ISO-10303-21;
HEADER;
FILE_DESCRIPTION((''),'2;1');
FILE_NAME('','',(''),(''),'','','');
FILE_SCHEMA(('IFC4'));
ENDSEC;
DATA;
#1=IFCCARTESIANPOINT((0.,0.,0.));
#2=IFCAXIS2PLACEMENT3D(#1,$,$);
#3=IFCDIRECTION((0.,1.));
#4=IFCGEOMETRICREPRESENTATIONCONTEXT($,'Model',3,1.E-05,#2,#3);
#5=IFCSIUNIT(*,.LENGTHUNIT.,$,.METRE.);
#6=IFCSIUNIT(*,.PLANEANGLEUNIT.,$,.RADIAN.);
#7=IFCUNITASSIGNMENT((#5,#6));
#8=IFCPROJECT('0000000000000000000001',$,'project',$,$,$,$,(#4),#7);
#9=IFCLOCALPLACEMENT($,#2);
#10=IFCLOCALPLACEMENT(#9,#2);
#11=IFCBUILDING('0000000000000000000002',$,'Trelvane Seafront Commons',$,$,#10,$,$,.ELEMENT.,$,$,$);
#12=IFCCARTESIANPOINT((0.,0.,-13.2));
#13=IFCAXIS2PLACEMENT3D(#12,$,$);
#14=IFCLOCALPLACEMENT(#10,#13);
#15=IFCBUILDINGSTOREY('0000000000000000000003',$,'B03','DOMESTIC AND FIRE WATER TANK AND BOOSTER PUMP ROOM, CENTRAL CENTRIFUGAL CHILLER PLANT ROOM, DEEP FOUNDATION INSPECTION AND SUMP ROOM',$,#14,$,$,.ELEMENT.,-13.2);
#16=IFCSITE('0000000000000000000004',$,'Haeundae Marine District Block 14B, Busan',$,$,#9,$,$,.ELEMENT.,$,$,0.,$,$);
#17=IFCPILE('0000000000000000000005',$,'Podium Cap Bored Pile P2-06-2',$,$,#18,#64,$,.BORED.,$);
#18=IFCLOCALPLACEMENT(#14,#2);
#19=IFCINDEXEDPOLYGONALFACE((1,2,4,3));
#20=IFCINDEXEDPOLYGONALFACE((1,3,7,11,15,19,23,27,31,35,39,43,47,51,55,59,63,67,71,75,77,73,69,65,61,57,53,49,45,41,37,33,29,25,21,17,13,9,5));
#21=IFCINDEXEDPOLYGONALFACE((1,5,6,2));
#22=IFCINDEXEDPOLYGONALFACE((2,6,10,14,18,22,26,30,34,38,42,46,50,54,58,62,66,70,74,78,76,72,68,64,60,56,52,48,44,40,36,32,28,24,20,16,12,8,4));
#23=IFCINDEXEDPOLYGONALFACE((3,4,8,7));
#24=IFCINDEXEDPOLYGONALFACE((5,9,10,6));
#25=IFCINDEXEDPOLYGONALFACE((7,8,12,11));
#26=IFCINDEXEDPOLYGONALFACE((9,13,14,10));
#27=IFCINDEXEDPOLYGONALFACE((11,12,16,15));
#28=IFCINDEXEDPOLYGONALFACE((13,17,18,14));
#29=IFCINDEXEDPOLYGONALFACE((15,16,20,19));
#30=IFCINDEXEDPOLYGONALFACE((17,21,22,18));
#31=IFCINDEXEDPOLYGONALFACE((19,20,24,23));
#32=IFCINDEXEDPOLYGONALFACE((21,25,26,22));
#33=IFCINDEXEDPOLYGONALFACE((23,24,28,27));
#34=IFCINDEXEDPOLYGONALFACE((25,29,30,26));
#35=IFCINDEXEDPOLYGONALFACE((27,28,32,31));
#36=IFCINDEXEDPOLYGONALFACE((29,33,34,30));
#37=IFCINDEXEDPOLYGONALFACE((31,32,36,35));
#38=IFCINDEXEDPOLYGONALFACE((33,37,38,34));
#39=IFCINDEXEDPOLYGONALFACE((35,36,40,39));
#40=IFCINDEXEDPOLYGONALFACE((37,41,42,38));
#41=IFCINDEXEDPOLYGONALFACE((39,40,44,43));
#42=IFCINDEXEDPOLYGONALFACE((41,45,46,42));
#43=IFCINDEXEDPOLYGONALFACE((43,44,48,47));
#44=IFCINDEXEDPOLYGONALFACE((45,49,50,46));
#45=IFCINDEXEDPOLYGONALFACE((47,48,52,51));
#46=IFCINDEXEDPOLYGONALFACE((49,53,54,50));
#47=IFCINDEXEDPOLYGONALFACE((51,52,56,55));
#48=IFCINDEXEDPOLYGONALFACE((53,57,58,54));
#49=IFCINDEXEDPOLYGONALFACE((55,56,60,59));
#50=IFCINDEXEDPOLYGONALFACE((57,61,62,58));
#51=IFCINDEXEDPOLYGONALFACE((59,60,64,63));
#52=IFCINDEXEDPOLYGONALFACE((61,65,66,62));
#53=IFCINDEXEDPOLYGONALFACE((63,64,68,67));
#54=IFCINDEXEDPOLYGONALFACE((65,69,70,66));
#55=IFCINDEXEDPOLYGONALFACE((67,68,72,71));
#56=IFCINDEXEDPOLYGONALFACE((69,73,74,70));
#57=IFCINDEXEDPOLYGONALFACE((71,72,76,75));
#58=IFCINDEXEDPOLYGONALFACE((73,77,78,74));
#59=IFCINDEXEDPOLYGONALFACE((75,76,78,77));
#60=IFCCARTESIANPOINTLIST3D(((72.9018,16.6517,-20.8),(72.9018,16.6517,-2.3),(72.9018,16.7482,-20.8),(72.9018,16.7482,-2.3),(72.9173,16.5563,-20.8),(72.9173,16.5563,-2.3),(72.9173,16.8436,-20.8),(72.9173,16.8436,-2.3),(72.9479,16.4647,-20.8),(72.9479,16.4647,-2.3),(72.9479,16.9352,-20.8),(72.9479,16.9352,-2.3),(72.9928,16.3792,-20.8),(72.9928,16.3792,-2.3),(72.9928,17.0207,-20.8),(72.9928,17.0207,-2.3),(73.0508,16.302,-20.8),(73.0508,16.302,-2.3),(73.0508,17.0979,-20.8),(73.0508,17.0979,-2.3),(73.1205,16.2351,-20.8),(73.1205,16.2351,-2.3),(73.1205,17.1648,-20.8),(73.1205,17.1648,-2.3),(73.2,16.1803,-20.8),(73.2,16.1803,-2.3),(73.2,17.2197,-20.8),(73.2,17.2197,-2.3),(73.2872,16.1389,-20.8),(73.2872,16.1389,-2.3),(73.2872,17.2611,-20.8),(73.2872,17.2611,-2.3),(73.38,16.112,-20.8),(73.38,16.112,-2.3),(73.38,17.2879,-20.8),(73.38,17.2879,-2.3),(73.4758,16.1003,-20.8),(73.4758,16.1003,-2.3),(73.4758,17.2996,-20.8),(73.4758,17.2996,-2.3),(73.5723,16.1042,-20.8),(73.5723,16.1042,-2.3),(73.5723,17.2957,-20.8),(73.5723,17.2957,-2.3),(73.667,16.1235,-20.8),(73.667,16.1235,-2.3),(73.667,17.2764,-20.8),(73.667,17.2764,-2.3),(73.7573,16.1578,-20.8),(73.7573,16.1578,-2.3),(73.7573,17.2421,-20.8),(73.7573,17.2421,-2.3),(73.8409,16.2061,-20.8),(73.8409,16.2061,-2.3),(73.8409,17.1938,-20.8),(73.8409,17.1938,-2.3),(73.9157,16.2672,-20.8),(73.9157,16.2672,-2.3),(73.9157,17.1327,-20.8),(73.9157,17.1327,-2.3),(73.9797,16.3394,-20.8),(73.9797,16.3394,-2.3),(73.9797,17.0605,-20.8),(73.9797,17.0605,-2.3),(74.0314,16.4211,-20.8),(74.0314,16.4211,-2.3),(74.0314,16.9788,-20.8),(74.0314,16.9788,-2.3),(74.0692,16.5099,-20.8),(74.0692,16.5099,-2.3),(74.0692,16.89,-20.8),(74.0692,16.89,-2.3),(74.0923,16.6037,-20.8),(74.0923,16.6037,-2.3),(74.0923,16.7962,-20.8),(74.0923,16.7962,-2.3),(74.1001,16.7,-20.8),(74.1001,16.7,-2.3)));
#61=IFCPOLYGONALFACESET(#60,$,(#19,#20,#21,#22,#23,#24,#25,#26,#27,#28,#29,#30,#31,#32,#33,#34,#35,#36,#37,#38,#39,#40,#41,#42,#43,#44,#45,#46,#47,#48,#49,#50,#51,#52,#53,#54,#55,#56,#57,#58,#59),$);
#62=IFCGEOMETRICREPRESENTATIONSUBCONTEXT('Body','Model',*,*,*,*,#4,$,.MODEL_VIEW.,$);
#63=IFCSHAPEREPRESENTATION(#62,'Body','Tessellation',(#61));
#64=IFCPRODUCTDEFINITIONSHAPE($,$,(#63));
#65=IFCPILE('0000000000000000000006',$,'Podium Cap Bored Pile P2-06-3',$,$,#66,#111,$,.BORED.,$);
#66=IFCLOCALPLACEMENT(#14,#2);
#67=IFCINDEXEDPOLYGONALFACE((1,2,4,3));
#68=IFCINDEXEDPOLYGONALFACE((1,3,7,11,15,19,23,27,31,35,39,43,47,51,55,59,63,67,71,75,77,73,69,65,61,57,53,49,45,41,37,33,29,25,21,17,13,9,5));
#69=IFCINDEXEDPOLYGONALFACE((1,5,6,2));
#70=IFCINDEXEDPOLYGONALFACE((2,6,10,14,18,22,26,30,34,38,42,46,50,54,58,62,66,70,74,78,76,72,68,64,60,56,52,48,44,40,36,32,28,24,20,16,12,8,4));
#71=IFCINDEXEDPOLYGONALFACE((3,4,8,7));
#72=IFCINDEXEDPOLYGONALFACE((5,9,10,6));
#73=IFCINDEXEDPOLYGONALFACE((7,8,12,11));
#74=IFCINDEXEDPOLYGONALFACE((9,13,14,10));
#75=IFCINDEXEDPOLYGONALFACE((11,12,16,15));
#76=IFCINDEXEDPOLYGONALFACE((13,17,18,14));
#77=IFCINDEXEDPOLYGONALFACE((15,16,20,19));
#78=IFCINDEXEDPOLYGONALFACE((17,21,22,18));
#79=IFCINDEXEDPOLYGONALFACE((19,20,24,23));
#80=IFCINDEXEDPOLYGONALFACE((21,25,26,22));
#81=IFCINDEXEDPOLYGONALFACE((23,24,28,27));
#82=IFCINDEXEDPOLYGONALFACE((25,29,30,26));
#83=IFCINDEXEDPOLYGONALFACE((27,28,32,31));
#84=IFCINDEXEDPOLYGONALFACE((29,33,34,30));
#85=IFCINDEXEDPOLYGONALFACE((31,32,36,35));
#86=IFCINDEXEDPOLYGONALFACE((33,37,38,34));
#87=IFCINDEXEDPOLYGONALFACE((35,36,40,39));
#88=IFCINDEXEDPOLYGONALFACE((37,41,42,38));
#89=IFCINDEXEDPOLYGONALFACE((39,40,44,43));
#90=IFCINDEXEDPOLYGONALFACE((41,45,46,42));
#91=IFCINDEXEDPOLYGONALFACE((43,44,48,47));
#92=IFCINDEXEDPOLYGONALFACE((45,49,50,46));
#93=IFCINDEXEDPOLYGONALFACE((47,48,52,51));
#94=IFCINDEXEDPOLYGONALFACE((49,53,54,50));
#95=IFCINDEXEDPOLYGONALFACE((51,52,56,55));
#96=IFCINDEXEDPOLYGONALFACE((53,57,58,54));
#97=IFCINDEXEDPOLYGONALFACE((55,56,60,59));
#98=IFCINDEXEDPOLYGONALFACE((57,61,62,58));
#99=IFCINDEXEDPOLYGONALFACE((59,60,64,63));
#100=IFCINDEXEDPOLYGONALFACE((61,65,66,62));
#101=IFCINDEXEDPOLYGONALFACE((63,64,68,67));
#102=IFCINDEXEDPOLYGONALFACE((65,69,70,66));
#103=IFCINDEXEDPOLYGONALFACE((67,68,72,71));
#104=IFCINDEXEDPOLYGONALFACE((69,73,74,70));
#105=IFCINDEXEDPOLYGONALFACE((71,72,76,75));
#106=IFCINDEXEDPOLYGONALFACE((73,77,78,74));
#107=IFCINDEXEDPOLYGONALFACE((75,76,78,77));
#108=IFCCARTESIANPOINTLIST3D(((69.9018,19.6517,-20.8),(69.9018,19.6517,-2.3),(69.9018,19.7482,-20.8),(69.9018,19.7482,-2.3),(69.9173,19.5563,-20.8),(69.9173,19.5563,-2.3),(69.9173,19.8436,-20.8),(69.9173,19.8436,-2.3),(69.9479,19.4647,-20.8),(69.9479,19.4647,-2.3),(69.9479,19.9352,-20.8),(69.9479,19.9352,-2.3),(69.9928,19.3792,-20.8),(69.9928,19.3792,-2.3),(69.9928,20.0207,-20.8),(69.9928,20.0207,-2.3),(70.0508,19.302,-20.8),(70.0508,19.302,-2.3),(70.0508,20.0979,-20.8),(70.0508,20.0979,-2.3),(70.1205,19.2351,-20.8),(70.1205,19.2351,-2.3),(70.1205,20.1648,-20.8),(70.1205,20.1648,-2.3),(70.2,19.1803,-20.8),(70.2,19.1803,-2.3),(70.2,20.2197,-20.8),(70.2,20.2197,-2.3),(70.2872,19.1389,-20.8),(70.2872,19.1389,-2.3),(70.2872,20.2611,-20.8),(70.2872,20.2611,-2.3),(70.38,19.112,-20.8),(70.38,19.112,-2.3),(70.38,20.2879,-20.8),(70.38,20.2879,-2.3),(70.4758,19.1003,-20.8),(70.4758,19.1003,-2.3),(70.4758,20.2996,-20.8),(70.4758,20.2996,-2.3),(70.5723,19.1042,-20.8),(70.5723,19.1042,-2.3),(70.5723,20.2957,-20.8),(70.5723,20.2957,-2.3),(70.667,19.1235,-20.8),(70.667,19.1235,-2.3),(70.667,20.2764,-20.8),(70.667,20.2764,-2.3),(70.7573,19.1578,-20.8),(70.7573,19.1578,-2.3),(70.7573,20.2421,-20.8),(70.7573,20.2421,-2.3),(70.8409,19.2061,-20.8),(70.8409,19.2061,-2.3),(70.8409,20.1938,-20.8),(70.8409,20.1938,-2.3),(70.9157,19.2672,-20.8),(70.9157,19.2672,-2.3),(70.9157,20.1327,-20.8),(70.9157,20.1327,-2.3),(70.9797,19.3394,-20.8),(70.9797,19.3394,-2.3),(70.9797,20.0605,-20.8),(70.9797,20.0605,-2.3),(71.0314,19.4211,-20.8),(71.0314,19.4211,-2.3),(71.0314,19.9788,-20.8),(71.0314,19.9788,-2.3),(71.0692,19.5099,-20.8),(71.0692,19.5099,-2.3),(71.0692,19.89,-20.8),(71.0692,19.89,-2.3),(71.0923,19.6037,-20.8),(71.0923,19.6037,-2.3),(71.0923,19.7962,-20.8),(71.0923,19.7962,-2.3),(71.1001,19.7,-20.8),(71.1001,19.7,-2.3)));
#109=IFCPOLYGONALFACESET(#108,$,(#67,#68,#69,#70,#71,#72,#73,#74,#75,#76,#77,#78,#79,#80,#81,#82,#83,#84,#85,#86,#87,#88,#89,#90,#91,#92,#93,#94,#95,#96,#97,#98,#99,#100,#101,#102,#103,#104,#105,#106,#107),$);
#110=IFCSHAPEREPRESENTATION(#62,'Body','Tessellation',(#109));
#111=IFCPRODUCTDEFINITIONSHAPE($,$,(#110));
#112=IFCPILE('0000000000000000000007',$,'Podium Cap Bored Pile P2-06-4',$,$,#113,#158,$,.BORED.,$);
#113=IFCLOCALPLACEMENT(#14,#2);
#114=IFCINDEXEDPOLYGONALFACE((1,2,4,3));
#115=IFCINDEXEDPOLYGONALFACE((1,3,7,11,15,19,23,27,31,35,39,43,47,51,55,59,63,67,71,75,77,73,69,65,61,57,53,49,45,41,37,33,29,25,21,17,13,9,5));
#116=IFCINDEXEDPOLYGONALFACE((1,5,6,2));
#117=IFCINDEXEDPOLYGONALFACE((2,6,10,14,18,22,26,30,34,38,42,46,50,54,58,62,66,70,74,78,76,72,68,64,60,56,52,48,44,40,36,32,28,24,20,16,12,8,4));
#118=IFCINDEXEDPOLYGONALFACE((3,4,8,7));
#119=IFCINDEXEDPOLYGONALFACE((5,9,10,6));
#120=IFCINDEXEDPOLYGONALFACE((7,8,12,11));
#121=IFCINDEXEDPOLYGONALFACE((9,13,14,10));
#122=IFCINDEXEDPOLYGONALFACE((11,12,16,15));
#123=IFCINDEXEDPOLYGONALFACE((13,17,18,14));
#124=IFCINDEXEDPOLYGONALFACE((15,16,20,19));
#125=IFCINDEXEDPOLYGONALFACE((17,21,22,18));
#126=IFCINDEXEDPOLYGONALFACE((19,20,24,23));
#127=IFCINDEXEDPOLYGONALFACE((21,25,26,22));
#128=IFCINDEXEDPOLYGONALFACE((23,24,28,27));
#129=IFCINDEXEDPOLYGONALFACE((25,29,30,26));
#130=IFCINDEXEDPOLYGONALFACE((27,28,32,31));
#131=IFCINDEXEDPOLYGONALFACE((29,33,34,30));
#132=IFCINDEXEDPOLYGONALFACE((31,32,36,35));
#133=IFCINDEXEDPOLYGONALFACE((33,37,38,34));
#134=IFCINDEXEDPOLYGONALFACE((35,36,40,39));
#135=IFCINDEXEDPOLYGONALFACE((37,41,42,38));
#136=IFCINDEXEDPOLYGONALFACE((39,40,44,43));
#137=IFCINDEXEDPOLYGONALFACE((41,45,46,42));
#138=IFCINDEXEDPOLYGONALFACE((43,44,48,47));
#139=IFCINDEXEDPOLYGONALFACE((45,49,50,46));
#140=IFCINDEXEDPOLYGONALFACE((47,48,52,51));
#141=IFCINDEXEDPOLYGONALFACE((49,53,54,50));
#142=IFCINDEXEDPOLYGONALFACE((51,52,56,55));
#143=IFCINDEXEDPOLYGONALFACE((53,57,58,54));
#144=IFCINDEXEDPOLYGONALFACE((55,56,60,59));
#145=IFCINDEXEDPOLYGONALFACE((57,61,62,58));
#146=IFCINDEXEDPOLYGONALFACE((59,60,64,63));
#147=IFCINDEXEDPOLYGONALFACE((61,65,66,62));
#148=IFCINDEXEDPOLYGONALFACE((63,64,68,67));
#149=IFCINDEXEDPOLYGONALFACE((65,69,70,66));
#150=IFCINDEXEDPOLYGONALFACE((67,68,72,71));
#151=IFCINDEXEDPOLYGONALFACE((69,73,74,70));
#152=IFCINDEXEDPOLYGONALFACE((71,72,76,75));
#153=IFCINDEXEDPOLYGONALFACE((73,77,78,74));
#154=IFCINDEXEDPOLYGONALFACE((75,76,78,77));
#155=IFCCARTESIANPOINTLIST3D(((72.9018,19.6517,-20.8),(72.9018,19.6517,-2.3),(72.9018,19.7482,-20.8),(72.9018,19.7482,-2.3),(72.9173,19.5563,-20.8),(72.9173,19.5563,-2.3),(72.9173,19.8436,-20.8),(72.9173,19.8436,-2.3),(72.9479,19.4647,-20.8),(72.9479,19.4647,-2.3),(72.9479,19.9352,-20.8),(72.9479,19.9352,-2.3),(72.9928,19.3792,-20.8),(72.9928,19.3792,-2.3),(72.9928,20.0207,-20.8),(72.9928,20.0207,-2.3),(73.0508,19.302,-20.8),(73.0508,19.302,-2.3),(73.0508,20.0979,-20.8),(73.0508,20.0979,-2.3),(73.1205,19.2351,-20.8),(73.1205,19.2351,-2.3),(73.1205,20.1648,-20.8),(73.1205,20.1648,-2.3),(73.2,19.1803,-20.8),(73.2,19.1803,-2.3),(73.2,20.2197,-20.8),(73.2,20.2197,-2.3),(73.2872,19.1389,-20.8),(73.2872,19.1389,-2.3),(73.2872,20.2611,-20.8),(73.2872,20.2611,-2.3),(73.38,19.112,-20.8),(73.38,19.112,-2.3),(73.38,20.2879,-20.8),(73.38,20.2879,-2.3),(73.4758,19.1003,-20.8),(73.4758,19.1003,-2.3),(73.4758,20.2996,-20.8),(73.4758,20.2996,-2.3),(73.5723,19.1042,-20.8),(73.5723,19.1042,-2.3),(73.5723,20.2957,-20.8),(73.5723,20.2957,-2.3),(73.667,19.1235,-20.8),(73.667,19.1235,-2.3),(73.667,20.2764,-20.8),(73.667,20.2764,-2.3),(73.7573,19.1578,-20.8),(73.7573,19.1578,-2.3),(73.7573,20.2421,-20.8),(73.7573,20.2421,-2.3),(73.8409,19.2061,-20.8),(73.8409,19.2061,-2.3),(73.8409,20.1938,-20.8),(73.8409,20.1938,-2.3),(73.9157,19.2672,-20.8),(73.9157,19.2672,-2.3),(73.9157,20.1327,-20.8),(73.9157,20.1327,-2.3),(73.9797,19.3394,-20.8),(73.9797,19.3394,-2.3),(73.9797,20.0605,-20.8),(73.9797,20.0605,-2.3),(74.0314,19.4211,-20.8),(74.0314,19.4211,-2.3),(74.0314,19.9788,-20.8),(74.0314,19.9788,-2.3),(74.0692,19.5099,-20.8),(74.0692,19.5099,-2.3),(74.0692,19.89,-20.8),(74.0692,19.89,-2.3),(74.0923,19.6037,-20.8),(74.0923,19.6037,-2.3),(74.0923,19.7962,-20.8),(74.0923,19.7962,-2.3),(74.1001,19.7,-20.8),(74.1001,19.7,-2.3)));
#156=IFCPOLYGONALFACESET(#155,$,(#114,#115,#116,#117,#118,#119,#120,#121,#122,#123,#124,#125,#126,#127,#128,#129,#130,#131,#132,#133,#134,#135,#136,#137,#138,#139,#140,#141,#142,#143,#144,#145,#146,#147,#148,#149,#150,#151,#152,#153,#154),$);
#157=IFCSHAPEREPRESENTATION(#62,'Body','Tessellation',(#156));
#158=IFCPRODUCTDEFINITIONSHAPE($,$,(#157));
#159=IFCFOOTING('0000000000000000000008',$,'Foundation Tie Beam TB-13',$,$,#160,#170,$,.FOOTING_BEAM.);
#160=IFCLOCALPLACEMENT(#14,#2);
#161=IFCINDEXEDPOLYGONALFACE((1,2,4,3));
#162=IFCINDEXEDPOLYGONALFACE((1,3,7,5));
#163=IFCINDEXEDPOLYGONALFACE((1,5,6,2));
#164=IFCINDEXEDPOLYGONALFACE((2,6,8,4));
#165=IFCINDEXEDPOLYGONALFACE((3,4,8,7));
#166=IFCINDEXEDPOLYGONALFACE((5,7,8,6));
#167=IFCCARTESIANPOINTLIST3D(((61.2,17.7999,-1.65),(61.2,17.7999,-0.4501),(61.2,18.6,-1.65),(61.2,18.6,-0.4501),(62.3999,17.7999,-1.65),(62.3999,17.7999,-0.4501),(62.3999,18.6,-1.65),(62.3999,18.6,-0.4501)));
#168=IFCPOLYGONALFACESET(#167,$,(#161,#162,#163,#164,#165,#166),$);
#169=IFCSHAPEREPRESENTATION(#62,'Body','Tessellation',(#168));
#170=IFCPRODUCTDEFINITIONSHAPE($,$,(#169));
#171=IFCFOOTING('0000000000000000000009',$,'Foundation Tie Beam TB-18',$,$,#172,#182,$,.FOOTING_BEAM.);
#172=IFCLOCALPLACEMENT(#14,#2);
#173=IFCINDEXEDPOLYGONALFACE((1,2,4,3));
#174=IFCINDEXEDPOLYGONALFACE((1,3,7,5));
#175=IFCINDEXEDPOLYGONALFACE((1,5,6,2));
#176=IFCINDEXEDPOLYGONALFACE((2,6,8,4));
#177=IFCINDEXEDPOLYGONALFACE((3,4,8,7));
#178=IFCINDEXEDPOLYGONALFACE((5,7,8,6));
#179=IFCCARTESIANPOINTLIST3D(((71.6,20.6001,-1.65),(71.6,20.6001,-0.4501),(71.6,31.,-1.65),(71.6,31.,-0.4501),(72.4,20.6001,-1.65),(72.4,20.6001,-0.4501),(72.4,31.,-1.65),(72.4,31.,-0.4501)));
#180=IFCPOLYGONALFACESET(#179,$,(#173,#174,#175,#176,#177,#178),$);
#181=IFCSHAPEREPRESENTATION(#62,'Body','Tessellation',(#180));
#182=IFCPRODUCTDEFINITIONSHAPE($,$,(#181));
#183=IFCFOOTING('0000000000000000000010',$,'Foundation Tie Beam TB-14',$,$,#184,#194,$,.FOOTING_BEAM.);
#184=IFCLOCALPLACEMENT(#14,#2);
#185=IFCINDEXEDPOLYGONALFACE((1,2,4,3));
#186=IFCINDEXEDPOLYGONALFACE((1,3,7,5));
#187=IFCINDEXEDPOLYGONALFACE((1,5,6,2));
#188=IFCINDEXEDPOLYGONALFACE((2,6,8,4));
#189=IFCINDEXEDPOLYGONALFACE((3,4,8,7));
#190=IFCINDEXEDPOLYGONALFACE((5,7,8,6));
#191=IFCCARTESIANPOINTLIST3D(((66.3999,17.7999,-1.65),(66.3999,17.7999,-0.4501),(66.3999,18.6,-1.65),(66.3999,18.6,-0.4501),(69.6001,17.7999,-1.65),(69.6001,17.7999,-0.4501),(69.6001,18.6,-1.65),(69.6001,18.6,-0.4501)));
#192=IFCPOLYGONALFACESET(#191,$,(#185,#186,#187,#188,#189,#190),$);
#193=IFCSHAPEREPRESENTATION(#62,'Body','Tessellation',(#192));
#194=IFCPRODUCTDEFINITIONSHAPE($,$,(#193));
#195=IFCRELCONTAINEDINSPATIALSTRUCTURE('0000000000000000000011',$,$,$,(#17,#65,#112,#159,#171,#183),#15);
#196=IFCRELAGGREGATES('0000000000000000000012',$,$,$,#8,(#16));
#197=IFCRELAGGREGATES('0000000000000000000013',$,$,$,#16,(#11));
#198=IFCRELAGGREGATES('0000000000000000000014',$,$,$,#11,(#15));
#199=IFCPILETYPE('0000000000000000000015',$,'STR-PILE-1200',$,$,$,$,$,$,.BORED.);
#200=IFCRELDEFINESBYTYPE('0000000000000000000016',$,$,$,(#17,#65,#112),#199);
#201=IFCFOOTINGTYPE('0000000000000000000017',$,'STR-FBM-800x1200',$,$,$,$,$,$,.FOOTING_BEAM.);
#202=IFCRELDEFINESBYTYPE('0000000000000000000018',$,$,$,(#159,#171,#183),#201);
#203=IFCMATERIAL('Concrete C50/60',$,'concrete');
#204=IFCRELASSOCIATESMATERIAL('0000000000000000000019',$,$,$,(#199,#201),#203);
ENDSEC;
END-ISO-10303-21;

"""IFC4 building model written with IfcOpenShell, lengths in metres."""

from ifc_helpers import new_model, si_unit, direction, frame, origin, origin_2d, place, context, subcontext, project, spatial, rectangle, circle, extrude, source, transform, mapped, material, material_profile, profile_set, type_object, element, save


model = new_model("IFC4")

# Units and contexts
model_context = context("Model", 3, precision=1e-05, world=origin(), true_north=direction((0.0, 1.0)))
body_context = subcontext(model_context, "Body", "Model", "MODEL_VIEW")
ifc_project = project(units=[si_unit("LENGTHUNIT", "METRE"), si_unit("PLANEANGLEUNIT", "RADIAN")], contexts=[model_context])

# Site, building, storey
site_placement = place(None, origin())
site = spatial("IfcSite", under=ifc_project, at=site_placement, Name="Haeundae Marine District Block 14B, Busan", CompositionType="ELEMENT", RefElevation=0.0)
building_placement = place(site_placement, origin())
building = spatial("IfcBuilding", under=site, at=building_placement, Name="Trelvane Seafront Commons", CompositionType="ELEMENT")
storey_placement = place(building_placement, frame((0.0, 0.0, -13.2)))
storey = spatial("IfcBuildingStorey", under=building, at=storey_placement, Name="B03", Description="DOMESTIC AND FIRE WATER TANK AND BOOSTER PUMP ROOM, CENTRAL CENTRIFUGAL CHILLER PLANT ROOM, DEEP FOUNDATION INSPECTION AND SUMP ROOM", CompositionType="ELEMENT", Elevation=-13.2)

# Piles
ifc_material_1 = material(Name="Concrete C50/60", Category="concrete")
ifc_material_profile_1 = material_profile(ifc_material_1, circle(Radius=0.6001, at=origin_2d()), Name="PILE-1200")
ifc_profile_set_1 = profile_set([ifc_material_profile_1], Name="Concrete C50/60")
pile_type_1 = type_object("IfcPileType", Name="STR-PILE-1200", PredefinedType="BORED", material=ifc_profile_set_1)
shared_shape_1 = source(origin(), body_context, "Body", "SweptSolid", [
    extrude(circle(Radius=0.6001, at=origin_2d()), origin(), (0.0, 0.0, 1.0), 18.5),
])
for number, where, z_axis, x_axis, name in (
    (1, (73.5, 16.7, -2.3), (0.0, 0.0, -1.0), (1.0, 0.0, 0.0), "Podium Cap Bored Pile P2-06-2"),
    (2, (70.5, 19.7, -2.3), (0.0, 0.0, -1.0), (1.0, 0.0, 0.0), "Podium Cap Bored Pile P2-06-3"),
    (3, (73.5, 19.7, -2.3), (0.0, 0.0, -1.0), (1.0, 0.0, 0.0), "Podium Cap Bored Pile P2-06-4"),
):
    element("IfcPile", number, at=place(storey_placement, frame(where, z_axis=z_axis, x_axis=x_axis)), inside=storey, type_object=pile_type_1, Name=name, PredefinedType="BORED", context=body_context, shape_type="MappedRepresentation", body=[
        mapped(shared_shape_1, transform((0.0, 0.0, 0.0), x_axis=(1.0, 0.0, 0.0), y_axis=(0.0, 1.0, 0.0), z_axis=(0.0, 0.0, 1.0), scale=1.0)),
    ])

# Footings
ifc_material_profile_2 = material_profile(ifc_material_1, rectangle(XDim=0.8, YDim=1.2, at=origin_2d()), Name="TB-800x1200")
ifc_profile_set_2 = profile_set([ifc_material_profile_2], Name="Concrete C50/60")
footing_type = type_object("IfcFootingType", Name="STR-FBM-800x1200", PredefinedType="FOOTING_BEAM", material=ifc_profile_set_2)
shared_shape_2 = source(origin(), body_context, "Body", "SweptSolid", [
    extrude(rectangle(XDim=0.8, YDim=1.2, at=origin_2d()), origin(), (0.0, 0.0, 1.0), 1.2),
])
footing_1_placement = place(storey_placement, frame((61.2, 18.2, -1.05), z_axis=(1.0, 0.0, 0.0), x_axis=(0.0, 1.0, 0.0)))
element("IfcFooting", 4, at=footing_1_placement, inside=storey, type_object=footing_type, Name="Foundation Tie Beam TB-13", PredefinedType="FOOTING_BEAM", context=body_context, shape_type="MappedRepresentation", body=[
    mapped(shared_shape_2, transform((0.0, 0.0, 0.0), x_axis=(1.0, 0.0, 0.0), y_axis=(0.0, 1.0, 0.0), z_axis=(0.0, 0.0, 1.0), scale=1.0)),
])
shared_shape_3 = source(origin(), body_context, "Body", "SweptSolid", [
    extrude(rectangle(XDim=0.8, YDim=1.2, at=origin_2d()), origin(), (0.0, 0.0, 1.0), 10.3999),
])
footing_2_placement = place(storey_placement, frame((72.0, 20.6001, -1.05), z_axis=(0.0, 1.0, 0.0), x_axis=(-1.0, 0.0, 0.0)))
element("IfcFooting", 5, at=footing_2_placement, inside=storey, type_object=footing_type, Name="Foundation Tie Beam TB-18", PredefinedType="FOOTING_BEAM", context=body_context, shape_type="MappedRepresentation", body=[
    mapped(shared_shape_3, transform((0.0, 0.0, 0.0), x_axis=(1.0, 0.0, 0.0), y_axis=(0.0, 1.0, 0.0), z_axis=(0.0, 0.0, 1.0), scale=1.0)),
])
shared_shape_4 = source(origin(), body_context, "Body", "SweptSolid", [
    extrude(rectangle(XDim=0.8, YDim=1.2, at=origin_2d()), origin(), (0.0, 0.0, 1.0), 3.2002),
])
footing_3_placement = place(storey_placement, frame((66.3999, 18.2, -1.05), z_axis=(1.0, 0.0, 0.0), x_axis=(0.0, 1.0, 0.0)))
element("IfcFooting", 6, at=footing_3_placement, inside=storey, type_object=footing_type, Name="Foundation Tie Beam TB-14", PredefinedType="FOOTING_BEAM", context=body_context, shape_type="MappedRepresentation", body=[
    mapped(shared_shape_4, transform((0.0, 0.0, 0.0), x_axis=(1.0, 0.0, 0.0), y_axis=(0.0, 1.0, 0.0), z_axis=(0.0, 0.0, 1.0), scale=1.0)),
])

save(model, "model.ifc")
